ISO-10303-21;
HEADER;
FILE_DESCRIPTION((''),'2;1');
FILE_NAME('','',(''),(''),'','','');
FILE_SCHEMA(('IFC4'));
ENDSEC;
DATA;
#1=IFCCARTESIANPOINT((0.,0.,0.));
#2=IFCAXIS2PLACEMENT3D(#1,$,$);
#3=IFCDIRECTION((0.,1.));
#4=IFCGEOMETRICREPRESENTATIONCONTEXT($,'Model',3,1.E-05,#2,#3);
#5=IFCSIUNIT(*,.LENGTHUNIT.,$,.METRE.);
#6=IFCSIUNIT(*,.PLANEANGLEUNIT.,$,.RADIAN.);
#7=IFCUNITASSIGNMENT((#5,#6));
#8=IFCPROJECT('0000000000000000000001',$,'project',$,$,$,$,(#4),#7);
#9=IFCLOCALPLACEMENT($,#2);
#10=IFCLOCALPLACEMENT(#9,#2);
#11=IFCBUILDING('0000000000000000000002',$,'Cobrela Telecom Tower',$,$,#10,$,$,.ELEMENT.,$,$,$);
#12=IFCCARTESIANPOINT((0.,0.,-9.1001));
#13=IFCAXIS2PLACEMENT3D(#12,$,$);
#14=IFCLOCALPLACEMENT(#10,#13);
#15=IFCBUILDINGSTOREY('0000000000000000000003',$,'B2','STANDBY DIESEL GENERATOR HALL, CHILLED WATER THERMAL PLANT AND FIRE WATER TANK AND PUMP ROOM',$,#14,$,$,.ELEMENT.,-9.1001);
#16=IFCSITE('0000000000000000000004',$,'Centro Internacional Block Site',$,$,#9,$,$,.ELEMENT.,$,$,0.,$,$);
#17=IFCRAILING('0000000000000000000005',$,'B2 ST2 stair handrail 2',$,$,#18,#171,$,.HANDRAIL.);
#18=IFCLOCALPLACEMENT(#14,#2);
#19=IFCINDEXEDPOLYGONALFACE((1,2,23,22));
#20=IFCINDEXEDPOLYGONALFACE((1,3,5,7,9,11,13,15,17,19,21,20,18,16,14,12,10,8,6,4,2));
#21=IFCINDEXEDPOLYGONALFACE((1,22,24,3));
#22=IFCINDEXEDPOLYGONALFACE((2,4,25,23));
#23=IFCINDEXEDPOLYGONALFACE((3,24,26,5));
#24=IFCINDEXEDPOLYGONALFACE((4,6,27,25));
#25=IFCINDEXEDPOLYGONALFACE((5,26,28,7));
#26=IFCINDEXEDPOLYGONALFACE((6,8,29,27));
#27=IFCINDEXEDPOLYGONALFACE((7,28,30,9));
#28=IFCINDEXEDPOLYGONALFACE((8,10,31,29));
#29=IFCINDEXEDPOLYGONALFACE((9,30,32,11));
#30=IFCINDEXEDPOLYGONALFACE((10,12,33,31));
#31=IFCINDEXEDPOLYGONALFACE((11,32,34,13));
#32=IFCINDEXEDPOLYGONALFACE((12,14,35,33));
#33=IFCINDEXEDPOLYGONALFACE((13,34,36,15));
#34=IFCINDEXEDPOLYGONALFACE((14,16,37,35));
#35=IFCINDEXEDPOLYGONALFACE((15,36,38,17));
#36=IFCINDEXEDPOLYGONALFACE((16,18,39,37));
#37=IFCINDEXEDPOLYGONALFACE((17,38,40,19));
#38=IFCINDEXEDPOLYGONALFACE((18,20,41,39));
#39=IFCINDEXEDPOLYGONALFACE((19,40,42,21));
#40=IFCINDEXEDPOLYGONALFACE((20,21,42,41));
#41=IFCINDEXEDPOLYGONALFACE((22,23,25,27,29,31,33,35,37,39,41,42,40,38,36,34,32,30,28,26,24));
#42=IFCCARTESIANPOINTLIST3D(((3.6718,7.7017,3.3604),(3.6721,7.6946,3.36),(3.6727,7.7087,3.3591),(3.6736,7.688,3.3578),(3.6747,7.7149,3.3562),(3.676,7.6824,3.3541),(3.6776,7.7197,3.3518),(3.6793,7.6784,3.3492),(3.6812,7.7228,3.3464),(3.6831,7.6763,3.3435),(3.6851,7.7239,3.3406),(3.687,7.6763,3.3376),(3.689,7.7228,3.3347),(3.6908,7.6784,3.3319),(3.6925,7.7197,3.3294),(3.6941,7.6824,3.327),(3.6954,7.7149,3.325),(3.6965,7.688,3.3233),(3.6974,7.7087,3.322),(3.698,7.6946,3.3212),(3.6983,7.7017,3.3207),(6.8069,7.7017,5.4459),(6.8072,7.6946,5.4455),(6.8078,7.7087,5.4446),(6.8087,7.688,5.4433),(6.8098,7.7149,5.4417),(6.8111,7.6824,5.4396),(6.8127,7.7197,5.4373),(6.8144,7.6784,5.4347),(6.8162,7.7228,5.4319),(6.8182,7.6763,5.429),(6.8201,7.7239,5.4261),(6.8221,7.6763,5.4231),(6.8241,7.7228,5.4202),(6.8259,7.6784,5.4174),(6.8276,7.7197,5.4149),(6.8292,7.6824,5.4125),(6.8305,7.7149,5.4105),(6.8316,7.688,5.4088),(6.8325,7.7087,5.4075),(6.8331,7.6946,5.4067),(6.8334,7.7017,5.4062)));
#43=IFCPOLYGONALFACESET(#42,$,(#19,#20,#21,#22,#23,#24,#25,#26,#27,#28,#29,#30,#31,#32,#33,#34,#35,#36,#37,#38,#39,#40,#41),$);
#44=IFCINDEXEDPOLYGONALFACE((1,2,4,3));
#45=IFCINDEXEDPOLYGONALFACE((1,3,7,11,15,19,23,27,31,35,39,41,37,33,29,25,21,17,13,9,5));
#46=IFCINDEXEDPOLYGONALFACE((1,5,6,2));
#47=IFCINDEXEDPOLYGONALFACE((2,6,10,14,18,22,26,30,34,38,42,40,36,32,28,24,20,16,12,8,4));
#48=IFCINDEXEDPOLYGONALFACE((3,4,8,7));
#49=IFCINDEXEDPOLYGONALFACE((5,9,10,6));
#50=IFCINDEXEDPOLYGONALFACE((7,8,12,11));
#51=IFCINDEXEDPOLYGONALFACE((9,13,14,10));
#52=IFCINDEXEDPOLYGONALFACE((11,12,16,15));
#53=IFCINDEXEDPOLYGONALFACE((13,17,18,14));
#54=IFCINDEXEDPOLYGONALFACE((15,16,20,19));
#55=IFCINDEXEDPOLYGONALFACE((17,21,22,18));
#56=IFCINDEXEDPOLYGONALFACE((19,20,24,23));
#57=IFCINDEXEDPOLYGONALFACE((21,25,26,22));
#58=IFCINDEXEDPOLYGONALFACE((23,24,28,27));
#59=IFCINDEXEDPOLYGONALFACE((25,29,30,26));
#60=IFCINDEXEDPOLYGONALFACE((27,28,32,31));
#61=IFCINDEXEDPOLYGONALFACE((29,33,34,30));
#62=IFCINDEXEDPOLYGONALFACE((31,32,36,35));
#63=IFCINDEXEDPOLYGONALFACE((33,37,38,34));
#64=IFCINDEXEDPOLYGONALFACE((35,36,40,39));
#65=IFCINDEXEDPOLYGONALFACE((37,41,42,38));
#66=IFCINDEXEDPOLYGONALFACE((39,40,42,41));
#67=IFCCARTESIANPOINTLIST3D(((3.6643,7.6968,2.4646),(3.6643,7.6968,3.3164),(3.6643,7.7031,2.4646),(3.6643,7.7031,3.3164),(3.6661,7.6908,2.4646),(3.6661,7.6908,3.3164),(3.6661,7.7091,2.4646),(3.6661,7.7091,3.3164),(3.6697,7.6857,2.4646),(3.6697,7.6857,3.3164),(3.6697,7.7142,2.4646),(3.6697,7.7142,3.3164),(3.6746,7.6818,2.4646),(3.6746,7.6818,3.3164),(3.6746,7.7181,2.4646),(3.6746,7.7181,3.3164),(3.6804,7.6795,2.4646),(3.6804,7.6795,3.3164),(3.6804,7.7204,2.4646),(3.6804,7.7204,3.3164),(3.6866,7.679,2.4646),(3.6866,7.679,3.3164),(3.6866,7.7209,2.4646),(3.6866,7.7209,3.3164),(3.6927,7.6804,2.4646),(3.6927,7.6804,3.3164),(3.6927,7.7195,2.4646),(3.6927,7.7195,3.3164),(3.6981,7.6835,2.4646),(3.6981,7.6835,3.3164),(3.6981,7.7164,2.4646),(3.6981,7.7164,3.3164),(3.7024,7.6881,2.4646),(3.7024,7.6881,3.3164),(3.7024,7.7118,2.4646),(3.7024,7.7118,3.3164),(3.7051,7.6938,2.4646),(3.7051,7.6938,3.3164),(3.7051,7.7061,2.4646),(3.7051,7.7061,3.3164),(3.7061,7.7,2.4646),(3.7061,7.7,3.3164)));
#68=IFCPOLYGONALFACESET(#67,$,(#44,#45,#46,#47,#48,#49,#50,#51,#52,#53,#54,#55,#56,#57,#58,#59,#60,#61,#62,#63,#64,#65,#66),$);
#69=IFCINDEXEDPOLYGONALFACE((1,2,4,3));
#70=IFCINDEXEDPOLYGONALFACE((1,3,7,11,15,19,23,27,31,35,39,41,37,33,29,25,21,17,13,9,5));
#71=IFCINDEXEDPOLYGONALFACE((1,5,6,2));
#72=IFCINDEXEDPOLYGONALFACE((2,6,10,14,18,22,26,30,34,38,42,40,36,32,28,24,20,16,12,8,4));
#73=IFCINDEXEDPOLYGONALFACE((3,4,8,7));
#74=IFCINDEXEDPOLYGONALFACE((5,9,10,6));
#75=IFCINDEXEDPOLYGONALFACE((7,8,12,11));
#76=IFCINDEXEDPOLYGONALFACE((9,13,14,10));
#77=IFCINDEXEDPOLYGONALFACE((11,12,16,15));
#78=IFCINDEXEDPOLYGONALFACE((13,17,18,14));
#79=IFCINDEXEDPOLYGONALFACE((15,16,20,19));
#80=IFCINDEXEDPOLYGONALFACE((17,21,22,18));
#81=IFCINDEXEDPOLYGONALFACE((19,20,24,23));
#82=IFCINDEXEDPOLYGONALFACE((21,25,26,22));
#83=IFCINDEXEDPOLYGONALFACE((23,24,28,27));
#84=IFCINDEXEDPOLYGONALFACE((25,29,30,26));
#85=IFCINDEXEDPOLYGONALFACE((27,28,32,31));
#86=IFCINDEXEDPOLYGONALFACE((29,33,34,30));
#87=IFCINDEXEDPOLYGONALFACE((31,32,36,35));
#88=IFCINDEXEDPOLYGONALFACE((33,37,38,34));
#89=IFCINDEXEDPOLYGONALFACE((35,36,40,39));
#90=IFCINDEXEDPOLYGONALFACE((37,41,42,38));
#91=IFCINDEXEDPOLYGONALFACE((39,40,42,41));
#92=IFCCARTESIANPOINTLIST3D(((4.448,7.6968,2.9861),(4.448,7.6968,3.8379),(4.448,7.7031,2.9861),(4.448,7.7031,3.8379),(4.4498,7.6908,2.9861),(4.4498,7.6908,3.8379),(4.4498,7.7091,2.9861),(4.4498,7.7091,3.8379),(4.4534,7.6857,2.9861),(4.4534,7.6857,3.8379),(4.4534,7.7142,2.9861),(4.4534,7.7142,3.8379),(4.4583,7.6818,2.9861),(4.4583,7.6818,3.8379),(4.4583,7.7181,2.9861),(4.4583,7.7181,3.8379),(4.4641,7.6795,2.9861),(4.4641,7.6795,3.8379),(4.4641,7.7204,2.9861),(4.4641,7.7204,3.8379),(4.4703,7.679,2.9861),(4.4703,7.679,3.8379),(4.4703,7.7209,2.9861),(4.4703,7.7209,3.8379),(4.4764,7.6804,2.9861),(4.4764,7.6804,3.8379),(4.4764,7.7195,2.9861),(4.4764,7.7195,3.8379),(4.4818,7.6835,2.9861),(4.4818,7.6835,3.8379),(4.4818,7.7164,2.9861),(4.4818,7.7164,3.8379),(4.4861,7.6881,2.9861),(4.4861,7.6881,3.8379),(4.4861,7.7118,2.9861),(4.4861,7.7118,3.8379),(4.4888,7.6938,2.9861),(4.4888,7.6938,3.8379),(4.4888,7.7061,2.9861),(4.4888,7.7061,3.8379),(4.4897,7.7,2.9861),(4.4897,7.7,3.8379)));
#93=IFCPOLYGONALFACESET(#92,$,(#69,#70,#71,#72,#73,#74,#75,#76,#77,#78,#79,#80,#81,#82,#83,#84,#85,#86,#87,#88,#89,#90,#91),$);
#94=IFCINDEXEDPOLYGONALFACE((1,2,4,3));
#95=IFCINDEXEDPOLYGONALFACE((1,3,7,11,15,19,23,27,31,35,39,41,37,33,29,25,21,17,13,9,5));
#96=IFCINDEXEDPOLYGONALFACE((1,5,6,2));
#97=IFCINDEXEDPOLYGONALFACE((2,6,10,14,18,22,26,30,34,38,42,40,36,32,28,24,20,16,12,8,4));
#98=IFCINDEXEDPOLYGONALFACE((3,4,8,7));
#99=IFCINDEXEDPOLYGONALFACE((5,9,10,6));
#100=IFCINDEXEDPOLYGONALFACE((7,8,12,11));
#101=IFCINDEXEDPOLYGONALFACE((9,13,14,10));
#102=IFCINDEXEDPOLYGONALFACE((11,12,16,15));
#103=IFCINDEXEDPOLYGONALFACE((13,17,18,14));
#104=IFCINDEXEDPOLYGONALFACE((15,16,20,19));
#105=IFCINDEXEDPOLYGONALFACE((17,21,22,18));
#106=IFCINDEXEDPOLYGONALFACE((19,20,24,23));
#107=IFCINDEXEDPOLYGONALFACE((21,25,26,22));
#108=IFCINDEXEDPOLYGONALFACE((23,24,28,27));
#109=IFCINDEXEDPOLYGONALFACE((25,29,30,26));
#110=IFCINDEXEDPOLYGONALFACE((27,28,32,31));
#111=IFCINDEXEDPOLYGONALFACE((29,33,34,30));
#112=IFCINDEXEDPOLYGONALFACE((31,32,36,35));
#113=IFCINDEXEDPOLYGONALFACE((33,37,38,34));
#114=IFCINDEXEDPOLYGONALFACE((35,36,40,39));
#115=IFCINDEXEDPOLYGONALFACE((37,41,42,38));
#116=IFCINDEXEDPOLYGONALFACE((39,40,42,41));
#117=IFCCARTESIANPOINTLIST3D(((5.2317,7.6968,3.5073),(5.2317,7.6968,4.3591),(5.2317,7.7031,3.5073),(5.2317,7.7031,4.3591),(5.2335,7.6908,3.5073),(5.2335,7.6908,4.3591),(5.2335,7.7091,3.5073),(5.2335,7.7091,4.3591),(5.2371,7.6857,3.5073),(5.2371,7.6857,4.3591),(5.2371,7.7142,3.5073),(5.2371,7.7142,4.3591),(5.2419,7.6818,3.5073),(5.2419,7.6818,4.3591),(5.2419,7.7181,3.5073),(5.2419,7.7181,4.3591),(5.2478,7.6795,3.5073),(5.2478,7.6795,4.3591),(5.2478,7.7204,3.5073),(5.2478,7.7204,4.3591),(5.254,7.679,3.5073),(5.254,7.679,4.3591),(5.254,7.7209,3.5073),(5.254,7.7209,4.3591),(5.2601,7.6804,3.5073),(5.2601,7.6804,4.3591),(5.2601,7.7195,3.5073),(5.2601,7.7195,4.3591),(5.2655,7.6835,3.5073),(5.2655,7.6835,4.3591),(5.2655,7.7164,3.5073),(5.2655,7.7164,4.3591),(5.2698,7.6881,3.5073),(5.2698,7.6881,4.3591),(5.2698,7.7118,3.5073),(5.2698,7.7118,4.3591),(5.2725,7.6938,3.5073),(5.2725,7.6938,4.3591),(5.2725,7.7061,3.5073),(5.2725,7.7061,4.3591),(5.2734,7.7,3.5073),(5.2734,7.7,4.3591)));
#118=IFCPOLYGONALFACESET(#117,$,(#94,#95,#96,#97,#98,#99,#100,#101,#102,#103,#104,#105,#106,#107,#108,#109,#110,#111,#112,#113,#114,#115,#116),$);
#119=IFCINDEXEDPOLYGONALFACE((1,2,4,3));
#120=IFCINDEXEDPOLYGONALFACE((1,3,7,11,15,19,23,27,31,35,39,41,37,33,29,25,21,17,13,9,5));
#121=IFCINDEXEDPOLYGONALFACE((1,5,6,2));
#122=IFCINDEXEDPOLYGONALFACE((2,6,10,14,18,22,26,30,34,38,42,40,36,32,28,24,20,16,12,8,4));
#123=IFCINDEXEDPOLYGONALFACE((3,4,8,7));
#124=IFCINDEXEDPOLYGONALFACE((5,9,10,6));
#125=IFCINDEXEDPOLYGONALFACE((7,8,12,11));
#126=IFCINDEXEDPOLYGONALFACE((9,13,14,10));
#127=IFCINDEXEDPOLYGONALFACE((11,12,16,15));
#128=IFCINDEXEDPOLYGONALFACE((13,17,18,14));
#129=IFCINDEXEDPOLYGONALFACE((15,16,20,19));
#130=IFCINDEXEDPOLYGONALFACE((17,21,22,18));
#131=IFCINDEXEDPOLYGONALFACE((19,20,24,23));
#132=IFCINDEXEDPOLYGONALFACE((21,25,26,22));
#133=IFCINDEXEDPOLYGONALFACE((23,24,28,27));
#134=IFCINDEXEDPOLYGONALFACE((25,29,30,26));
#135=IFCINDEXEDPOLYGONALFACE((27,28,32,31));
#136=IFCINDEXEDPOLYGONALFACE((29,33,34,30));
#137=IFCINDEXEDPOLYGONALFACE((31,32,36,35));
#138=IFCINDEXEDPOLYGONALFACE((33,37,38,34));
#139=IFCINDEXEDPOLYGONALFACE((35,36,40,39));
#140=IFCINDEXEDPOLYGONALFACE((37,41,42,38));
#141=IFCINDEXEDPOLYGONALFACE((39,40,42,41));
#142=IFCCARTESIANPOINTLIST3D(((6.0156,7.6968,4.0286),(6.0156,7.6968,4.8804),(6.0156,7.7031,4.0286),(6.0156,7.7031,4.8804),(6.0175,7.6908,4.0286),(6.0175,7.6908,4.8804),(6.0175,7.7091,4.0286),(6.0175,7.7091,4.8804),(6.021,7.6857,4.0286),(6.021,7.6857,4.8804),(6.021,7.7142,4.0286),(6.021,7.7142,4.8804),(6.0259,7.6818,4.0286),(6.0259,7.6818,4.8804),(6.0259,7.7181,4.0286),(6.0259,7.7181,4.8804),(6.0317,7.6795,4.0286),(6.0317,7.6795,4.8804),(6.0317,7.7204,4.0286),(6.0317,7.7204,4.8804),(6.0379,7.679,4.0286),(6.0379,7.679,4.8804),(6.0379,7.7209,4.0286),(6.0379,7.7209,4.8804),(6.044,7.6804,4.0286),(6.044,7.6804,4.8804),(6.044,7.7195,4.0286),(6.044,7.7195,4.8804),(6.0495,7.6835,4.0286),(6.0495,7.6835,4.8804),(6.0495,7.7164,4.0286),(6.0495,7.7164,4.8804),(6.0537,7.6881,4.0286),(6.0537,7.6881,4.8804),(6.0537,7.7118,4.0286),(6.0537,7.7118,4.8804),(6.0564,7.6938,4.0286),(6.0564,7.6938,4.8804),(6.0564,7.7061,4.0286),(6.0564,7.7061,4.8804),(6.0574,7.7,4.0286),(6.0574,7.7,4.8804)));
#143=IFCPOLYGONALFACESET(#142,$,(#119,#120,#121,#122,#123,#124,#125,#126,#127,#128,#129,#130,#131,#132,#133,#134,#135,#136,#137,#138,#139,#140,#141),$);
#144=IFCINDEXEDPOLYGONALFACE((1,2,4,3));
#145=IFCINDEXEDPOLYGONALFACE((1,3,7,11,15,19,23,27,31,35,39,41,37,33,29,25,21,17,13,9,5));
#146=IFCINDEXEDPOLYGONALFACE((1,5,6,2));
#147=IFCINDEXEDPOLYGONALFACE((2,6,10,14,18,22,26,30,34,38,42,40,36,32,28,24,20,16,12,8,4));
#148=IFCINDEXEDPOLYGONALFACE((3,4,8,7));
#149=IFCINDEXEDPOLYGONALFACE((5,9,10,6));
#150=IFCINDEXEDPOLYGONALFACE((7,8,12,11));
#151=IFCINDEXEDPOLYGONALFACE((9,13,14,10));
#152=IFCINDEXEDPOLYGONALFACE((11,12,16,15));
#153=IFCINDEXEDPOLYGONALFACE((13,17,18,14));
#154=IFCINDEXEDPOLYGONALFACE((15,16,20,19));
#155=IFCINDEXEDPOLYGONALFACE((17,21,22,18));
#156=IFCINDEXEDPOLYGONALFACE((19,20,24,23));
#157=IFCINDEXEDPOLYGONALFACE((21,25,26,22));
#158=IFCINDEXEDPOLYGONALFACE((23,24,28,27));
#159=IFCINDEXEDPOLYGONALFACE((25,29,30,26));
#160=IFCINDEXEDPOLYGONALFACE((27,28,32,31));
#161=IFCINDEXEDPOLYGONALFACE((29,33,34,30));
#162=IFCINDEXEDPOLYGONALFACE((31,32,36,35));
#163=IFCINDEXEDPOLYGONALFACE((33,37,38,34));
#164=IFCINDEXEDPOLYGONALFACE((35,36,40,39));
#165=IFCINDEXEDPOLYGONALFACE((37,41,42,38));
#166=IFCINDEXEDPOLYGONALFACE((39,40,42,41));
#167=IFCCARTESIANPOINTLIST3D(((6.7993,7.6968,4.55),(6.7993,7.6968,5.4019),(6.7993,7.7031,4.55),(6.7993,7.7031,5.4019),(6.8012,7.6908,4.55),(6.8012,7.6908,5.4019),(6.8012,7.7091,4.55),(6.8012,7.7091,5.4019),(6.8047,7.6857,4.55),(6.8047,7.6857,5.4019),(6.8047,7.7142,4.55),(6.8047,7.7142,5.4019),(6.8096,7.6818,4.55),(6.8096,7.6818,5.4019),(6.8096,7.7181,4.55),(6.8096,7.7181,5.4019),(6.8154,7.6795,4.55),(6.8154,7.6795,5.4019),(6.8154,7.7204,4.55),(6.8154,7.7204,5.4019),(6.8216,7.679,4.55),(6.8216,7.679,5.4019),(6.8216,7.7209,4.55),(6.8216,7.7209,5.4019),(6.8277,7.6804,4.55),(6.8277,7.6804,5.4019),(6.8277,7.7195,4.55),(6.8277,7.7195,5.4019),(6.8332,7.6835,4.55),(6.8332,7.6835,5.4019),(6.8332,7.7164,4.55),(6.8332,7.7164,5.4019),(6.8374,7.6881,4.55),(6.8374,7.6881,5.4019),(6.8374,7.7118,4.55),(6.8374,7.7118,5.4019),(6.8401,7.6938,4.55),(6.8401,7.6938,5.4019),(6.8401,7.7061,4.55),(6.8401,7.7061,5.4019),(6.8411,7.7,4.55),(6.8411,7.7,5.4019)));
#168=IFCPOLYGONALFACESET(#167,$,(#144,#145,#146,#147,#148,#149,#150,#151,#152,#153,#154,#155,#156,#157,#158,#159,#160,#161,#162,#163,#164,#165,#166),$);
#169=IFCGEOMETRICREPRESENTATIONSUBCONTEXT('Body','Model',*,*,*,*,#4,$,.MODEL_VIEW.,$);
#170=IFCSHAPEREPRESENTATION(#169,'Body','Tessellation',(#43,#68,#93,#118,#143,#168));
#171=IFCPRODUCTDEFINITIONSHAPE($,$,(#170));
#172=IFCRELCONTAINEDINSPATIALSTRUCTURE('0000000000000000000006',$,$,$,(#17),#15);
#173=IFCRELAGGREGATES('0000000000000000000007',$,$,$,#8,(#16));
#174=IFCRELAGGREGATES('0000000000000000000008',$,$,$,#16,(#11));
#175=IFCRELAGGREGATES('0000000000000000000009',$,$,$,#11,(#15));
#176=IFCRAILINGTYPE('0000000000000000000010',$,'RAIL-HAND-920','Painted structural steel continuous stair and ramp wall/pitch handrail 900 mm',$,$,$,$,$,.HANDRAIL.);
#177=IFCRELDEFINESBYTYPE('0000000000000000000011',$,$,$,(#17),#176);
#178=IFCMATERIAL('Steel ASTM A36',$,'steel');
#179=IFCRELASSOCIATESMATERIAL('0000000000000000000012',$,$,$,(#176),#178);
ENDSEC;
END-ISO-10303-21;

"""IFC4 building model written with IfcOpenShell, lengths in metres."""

from ifc_helpers import new_model, si_unit, direction, frame, origin, origin_2d, place, context, subcontext, project, spatial, circle, extrude, material, type_object, element, save


model = new_model("IFC4")

# Units and contexts
model_context = context("Model", 3, precision=1e-05, world=origin(), true_north=direction((0.0, 1.0)))
body_context = subcontext(model_context, "Body", "Model", "MODEL_VIEW")
ifc_project = project(units=[si_unit("LENGTHUNIT", "METRE"), si_unit("PLANEANGLEUNIT", "RADIAN")], contexts=[model_context])

# Site, building, storey
site_placement = place(None, origin())
site = spatial("IfcSite", under=ifc_project, at=site_placement, Name="Centro Internacional Block Site", CompositionType="ELEMENT", RefElevation=0.0)
building_placement = place(site_placement, origin())
building = spatial("IfcBuilding", under=site, at=building_placement, Name="Cobrela Telecom Tower", CompositionType="ELEMENT")
storey_placement = place(building_placement, frame((0.0, 0.0, -9.1001)))
storey = spatial("IfcBuildingStorey", under=building, at=storey_placement, Name="B2", Description="STANDBY DIESEL GENERATOR HALL, CHILLED WATER THERMAL PLANT AND FIRE WATER TANK AND PUMP ROOM", CompositionType="ELEMENT", Elevation=-9.1001)

# Railing
ifc_material_1 = material(Name="Steel ASTM A36", Category="steel")
railing_type_1 = type_object("IfcRailingType", Name="RAIL-HAND-920", Description="Painted structural steel continuous stair and ramp wall/pitch handrail 900 mm", PredefinedType="HANDRAIL", material=ifc_material_1)
railing_1_placement = place(storey_placement, frame((3.6851, 7.7, 2.4646)))
element("IfcRailing", 1, at=railing_1_placement, inside=storey, type_object=railing_type_1, Name="B2 ST2 stair handrail 2", PredefinedType="HANDRAIL", context=body_context, shape_type="SweptSolid", body=[
    extrude(circle(Radius=0.0239, at=origin_2d()), frame((0.0, 0.0, 0.876), z_axis=(0.832608, 0.0, 0.553862), x_axis=(0.0, 1.0, 0.0)), (0.0, 0.0, 1.0), 3.7654),
    extrude(circle(Radius=0.021, at=origin_2d()), origin(), (0.0, 0.0, 1.0), 0.8518),
    extrude(circle(Radius=0.021, at=origin_2d()), frame((0.7837, 0.0, 0.5215)), (0.0, 0.0, 1.0), 0.8518),
    extrude(circle(Radius=0.021, at=origin_2d()), frame((1.5674, 0.0, 1.0427)), (0.0, 0.0, 1.0), 0.8518),
    extrude(circle(Radius=0.021, at=origin_2d()), frame((2.3513, 0.0, 1.564)), (0.0, 0.0, 1.0), 0.8518),
    extrude(circle(Radius=0.021, at=origin_2d()), frame((3.135, 0.0, 2.0854)), (0.0, 0.0, 1.0), 0.8518),
])

save(model, "model.ifc")
